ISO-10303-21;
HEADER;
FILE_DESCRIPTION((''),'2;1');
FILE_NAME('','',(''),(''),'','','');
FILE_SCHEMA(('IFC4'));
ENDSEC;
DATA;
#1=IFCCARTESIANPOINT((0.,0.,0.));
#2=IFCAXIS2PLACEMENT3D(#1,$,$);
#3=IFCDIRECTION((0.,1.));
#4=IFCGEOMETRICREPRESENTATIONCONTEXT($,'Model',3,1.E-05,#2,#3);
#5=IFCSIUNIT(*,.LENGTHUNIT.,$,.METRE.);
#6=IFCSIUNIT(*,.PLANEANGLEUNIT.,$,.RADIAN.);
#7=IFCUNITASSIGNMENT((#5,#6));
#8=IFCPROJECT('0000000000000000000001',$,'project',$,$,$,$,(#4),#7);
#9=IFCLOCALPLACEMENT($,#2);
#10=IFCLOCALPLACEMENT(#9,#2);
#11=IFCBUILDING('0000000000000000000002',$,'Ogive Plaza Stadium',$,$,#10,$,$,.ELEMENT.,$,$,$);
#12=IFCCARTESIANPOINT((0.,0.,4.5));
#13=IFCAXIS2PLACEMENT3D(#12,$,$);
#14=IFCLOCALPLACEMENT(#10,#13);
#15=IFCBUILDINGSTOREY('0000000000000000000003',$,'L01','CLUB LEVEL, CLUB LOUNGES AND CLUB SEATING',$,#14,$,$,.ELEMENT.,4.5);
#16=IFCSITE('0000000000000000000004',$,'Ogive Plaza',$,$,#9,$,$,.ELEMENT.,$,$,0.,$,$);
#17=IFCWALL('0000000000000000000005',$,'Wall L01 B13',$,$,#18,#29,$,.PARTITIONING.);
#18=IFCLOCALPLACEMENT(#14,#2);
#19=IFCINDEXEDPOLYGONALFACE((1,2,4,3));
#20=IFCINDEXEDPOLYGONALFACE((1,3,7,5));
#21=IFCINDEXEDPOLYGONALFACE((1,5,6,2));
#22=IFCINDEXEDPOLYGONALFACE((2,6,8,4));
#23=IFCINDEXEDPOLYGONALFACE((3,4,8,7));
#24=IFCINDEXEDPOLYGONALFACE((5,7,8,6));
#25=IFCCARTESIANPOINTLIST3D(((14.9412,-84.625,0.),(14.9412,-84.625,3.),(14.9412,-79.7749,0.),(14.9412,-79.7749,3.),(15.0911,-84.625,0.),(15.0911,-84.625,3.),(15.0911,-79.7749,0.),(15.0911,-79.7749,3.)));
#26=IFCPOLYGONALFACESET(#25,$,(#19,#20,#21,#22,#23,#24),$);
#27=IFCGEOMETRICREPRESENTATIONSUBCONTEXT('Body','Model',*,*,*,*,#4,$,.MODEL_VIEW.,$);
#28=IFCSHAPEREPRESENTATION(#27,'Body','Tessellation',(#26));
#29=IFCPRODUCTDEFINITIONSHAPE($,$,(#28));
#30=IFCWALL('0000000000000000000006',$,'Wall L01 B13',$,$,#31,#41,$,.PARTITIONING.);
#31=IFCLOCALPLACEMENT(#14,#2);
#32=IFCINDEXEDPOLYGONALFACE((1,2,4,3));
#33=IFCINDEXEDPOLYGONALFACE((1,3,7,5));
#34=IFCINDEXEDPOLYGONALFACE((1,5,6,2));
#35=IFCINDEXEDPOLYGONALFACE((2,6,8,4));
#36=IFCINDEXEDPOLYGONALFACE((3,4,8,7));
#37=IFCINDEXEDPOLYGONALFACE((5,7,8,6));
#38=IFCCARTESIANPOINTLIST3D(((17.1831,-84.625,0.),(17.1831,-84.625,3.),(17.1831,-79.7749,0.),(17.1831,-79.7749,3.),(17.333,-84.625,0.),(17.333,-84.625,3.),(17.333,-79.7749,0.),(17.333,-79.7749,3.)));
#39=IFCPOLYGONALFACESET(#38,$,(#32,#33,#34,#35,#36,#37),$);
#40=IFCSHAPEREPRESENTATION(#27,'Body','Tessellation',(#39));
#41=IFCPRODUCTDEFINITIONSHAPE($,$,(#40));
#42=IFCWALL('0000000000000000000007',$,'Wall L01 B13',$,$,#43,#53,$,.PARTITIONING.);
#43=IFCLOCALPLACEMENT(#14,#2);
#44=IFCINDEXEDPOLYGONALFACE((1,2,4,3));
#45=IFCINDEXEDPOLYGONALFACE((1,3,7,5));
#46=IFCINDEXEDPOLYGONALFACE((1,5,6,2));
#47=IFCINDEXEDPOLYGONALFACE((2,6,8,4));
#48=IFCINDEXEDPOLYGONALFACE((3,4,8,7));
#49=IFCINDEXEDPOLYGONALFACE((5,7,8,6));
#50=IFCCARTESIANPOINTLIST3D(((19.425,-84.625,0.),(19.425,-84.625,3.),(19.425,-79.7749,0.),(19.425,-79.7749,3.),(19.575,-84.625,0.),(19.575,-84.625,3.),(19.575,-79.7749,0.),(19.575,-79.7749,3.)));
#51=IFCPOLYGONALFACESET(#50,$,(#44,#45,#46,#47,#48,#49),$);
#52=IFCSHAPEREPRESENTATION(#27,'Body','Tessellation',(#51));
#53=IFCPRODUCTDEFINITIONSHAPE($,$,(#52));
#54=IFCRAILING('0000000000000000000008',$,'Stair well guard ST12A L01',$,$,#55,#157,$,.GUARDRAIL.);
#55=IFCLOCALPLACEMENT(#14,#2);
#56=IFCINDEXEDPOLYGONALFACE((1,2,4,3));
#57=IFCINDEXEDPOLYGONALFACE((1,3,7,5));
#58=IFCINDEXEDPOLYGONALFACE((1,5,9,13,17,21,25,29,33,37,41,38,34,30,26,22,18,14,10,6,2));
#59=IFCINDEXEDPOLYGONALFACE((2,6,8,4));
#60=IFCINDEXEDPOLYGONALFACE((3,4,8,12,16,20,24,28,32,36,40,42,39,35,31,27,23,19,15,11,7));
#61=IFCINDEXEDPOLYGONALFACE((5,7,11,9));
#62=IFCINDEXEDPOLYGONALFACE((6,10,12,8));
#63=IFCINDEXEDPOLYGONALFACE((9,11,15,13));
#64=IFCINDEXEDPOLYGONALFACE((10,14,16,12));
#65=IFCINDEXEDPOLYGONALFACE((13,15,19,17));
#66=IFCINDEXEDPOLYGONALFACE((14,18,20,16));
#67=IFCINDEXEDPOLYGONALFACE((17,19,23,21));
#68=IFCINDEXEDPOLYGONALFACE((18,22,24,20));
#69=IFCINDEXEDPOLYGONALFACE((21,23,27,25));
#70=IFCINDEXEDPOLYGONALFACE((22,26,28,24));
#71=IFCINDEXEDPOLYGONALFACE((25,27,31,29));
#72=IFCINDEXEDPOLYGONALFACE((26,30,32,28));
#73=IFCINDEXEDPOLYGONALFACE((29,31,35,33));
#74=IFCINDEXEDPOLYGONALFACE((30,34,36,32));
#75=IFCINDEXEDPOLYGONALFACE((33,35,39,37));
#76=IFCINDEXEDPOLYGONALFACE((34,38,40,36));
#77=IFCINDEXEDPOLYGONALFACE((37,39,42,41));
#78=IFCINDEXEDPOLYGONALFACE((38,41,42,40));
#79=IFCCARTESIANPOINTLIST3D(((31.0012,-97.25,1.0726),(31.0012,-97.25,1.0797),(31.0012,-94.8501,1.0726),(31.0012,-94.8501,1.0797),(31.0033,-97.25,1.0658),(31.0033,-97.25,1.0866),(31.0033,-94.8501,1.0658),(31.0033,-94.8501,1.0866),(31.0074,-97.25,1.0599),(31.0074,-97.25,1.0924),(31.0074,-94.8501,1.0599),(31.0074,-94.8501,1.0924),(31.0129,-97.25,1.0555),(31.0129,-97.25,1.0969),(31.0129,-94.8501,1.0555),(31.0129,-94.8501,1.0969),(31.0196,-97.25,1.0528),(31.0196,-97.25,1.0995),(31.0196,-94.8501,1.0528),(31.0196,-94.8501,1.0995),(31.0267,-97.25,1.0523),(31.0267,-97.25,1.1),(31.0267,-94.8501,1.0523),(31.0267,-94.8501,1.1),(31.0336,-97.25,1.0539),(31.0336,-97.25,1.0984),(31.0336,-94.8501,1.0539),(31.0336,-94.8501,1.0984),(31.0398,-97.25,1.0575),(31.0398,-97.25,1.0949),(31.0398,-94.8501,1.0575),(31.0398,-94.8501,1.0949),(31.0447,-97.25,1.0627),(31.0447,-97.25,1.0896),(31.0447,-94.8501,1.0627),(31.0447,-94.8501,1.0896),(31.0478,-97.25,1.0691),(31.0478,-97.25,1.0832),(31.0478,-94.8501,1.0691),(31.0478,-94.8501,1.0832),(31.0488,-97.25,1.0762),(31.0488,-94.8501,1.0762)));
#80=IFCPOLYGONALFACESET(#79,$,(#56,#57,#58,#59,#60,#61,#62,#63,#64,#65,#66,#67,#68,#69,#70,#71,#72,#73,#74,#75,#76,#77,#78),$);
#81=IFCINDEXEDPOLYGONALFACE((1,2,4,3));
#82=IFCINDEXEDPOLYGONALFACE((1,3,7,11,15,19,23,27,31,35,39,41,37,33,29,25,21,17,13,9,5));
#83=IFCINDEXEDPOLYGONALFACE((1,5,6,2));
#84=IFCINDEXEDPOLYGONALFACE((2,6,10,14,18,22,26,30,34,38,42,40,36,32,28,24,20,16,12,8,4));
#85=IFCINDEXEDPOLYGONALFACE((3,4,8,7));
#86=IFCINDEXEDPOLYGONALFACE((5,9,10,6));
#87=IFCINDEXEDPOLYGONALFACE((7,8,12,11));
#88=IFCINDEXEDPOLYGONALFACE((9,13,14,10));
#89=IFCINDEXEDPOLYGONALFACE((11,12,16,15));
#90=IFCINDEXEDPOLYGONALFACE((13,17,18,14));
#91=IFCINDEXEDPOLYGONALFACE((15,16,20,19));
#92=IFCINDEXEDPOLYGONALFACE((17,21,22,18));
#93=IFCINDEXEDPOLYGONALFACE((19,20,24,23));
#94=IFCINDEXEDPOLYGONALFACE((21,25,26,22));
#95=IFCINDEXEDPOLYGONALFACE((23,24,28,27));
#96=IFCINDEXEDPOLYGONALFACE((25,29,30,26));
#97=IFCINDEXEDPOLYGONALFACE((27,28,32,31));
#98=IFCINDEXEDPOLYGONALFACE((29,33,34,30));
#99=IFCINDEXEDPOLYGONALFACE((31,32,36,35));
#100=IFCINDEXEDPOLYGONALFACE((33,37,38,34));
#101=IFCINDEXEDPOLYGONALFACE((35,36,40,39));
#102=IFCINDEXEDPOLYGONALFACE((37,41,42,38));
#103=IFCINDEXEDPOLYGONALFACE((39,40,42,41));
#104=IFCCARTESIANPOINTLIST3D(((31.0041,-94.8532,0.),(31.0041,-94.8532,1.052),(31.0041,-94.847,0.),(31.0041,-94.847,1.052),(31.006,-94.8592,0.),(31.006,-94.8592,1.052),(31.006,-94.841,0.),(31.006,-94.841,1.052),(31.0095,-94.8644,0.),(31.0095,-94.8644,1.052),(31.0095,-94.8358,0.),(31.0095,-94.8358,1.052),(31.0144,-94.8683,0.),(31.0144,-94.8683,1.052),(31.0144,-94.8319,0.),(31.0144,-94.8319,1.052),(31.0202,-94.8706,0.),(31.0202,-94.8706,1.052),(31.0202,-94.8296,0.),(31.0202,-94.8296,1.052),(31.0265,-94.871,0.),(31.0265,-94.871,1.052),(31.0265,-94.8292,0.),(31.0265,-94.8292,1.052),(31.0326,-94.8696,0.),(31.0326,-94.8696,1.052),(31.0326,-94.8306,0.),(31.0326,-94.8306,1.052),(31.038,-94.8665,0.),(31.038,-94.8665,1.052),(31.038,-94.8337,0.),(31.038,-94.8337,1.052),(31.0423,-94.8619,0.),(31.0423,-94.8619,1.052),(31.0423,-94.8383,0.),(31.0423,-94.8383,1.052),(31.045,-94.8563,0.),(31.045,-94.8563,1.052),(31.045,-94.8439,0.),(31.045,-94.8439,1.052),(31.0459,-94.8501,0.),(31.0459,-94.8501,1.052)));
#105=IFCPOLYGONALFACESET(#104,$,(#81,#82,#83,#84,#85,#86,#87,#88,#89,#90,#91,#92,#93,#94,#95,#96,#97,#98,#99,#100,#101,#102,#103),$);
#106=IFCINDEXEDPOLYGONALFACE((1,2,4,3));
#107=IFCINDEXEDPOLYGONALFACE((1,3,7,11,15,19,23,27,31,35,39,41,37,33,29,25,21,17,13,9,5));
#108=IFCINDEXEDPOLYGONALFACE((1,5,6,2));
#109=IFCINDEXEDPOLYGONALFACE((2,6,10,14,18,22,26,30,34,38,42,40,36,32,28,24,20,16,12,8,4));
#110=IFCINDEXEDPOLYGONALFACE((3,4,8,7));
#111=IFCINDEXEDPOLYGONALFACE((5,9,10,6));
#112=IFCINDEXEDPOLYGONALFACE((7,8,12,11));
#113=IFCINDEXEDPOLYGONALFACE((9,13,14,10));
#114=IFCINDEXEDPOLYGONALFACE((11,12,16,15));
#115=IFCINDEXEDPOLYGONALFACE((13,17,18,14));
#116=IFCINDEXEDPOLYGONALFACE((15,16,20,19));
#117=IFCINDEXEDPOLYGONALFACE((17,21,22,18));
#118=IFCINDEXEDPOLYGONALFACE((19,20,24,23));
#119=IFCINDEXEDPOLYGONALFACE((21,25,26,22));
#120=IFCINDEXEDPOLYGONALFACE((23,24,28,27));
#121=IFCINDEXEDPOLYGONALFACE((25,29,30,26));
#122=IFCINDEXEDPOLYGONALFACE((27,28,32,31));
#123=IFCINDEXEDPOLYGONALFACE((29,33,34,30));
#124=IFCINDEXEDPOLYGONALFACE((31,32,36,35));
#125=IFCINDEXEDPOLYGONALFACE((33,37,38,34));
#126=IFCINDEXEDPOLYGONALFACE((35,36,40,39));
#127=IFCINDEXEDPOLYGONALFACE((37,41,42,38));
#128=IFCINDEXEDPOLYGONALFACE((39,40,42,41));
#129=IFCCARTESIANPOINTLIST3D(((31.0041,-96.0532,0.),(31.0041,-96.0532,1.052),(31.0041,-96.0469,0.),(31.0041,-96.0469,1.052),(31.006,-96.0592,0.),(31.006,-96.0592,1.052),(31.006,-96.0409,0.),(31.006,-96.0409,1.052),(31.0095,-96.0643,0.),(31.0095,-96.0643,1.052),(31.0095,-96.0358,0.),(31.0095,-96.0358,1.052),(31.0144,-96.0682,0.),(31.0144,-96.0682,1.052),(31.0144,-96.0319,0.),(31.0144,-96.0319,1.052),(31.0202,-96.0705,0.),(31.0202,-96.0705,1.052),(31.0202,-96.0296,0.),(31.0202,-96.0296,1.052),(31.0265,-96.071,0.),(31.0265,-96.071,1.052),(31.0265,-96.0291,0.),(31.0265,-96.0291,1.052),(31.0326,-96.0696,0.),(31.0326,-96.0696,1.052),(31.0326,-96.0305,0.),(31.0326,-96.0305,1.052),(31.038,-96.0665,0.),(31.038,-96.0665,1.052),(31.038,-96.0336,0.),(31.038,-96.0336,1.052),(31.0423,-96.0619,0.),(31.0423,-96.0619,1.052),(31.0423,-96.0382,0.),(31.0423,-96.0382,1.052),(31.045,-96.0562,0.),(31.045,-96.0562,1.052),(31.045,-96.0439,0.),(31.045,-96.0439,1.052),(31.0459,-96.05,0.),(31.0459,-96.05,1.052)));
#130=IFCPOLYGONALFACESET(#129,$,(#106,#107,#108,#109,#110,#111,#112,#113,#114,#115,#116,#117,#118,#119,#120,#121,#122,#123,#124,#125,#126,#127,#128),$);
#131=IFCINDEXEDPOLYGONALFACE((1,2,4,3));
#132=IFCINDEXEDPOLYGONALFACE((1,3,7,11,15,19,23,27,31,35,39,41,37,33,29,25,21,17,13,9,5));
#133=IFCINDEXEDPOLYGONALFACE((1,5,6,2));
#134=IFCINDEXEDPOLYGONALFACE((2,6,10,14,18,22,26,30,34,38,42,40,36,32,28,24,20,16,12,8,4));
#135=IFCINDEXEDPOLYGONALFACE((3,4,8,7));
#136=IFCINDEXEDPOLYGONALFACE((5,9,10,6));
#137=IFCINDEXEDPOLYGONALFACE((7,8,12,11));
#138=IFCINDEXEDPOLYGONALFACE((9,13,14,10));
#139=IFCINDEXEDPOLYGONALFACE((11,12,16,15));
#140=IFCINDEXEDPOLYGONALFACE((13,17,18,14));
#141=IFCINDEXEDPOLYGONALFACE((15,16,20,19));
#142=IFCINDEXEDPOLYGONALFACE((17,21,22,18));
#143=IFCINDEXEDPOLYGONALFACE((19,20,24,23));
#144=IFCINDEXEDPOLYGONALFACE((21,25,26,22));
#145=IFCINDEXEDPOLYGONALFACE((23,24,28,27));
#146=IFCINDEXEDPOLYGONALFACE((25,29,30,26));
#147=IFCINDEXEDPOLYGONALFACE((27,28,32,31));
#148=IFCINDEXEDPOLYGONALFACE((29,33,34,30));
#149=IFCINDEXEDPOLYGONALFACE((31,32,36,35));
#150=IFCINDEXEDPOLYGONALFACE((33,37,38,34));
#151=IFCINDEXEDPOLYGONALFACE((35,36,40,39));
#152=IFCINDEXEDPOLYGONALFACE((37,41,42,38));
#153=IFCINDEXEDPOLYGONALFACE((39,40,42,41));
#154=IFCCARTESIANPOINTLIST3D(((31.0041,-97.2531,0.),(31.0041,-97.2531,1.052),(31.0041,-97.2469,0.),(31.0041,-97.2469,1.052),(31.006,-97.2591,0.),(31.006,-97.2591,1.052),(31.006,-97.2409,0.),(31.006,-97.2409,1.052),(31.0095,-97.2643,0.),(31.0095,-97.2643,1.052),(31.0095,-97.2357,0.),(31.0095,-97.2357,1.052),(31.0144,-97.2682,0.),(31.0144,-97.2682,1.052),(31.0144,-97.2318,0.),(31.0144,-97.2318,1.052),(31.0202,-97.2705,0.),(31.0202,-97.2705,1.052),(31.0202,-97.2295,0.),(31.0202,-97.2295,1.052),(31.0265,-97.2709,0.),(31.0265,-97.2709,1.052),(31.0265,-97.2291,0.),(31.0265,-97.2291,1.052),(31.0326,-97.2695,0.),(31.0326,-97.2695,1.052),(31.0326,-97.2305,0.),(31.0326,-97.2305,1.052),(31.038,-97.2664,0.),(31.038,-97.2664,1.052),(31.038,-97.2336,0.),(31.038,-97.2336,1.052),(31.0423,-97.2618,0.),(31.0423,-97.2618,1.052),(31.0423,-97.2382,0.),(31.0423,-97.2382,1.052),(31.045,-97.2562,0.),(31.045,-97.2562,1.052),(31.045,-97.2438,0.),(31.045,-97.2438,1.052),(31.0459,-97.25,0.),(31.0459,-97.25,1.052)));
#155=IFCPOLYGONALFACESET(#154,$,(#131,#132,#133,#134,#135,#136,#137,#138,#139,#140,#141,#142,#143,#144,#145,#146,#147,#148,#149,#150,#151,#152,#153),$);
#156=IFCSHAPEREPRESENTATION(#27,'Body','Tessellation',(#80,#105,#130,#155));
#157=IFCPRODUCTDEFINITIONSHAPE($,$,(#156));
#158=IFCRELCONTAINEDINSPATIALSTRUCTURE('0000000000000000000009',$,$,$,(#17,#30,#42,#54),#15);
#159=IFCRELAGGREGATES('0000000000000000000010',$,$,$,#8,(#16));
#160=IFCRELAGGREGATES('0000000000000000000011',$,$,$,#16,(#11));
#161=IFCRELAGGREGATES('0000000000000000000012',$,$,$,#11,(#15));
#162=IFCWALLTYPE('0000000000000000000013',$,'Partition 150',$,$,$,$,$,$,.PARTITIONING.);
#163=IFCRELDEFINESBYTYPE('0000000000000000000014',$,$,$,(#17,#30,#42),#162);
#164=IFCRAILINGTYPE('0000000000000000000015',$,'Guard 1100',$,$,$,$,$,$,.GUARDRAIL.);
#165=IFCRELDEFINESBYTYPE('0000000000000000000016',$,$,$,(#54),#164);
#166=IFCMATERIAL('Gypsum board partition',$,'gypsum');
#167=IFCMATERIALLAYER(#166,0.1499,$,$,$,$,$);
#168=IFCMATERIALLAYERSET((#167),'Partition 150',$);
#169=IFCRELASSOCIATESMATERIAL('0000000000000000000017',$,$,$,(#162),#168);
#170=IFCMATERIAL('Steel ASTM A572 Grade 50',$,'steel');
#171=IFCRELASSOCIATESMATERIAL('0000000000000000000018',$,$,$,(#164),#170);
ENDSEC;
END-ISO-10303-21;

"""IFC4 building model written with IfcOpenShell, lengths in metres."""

from ifc_helpers import new_model, si_unit, direction, frame, frame_2d, origin, origin_2d, place, context, subcontext, project, spatial, rectangle, circle, extrude, material, layer, layer_set, type_object, element, save


model = new_model("IFC4")

# Units and contexts
model_context = context("Model", 3, precision=1e-05, world=origin(), true_north=direction((0.0, 1.0)))
body_context = subcontext(model_context, "Body", "Model", "MODEL_VIEW")
ifc_project = project(units=[si_unit("LENGTHUNIT", "METRE"), si_unit("PLANEANGLEUNIT", "RADIAN")], contexts=[model_context])

# Site, building, storey
site_placement = place(None, origin())
site = spatial("IfcSite", under=ifc_project, at=site_placement, Name="Ogive Plaza", CompositionType="ELEMENT", RefElevation=0.0)
building_placement = place(site_placement, origin())
building = spatial("IfcBuilding", under=site, at=building_placement, Name="Ogive Plaza Stadium", CompositionType="ELEMENT")
storey_placement = place(building_placement, frame((0.0, 0.0, 4.5)))
storey = spatial("IfcBuildingStorey", under=building, at=storey_placement, Name="L01", Description="CLUB LEVEL, CLUB LOUNGES AND CLUB SEATING", CompositionType="ELEMENT", Elevation=4.5)

# Walls
ifc_material_1 = material(Name="Gypsum board partition", Category="gypsum")
ifc_layer_1 = layer(ifc_material_1, 0.1499)
ifc_layer_set_1 = layer_set([ifc_layer_1], Name="Partition 150")
wall_type_1 = type_object("IfcWallType", Name="Partition 150", PredefinedType="PARTITIONING", material=ifc_layer_set_1)
for number, where, z_axis, x_axis, name in (
    (1, (15.0161, -79.7749, 0.0), (0.0, 0.0, 1.0), (0.0, -1.0, 0.0), "Wall L01 B13"),
    (2, (17.2581, -79.7749, 0.0), (0.0, 0.0, 1.0), (0.0, -1.0, 0.0), "Wall L01 B13"),
    (3, (19.5, -79.7749, 0.0), (0.0, 0.0, 1.0), (0.0, -1.0, 0.0), "Wall L01 B13"),
):
    element("IfcWall", number, at=place(storey_placement, frame(where, z_axis=z_axis, x_axis=x_axis)), inside=storey, type_object=wall_type_1, Name=name, PredefinedType="PARTITIONING", context=body_context, shape_type="SweptSolid", body=[
        extrude(rectangle(XDim=4.8501, YDim=0.1499, at=frame_2d((2.425, 0.0))), origin(), (0.0, 0.0, 1.0), 3.0),
    ])

# Railing
ifc_material_2 = material(Name="Steel ASTM A572 Grade 50", Category="steel")
railing_type_1 = type_object("IfcRailingType", Name="Guard 1100", PredefinedType="GUARDRAIL", material=ifc_material_2)
railing_placement = place(storey_placement, frame((31.0249, -94.8501, 0.0)))
element("IfcRailing", 4, at=railing_placement, inside=storey, type_object=railing_type_1, Name="Stair well guard ST12A L01", PredefinedType="GUARDRAIL", context=body_context, shape_type="SweptSolid", body=[
    extrude(circle(Radius=0.0239, at=origin_2d()), frame((0.0, 0.0, 1.0762), z_axis=(0.0, -1.0, 0.0), x_axis=(1.0, 0.0, 0.0)), (0.0, 0.0, 1.0), 2.3999),
    extrude(circle(Radius=0.021, at=origin_2d()), origin(), (0.0, 0.0, 1.0), 1.052),
    extrude(circle(Radius=0.021, at=origin_2d()), frame((0.0, -1.2, 0.0)), (0.0, 0.0, 1.0), 1.052),
    extrude(circle(Radius=0.021, at=origin_2d()), frame((0.0, -2.3999, 0.0)), (0.0, 0.0, 1.0), 1.052),
])

save(model, "model.ifc")
